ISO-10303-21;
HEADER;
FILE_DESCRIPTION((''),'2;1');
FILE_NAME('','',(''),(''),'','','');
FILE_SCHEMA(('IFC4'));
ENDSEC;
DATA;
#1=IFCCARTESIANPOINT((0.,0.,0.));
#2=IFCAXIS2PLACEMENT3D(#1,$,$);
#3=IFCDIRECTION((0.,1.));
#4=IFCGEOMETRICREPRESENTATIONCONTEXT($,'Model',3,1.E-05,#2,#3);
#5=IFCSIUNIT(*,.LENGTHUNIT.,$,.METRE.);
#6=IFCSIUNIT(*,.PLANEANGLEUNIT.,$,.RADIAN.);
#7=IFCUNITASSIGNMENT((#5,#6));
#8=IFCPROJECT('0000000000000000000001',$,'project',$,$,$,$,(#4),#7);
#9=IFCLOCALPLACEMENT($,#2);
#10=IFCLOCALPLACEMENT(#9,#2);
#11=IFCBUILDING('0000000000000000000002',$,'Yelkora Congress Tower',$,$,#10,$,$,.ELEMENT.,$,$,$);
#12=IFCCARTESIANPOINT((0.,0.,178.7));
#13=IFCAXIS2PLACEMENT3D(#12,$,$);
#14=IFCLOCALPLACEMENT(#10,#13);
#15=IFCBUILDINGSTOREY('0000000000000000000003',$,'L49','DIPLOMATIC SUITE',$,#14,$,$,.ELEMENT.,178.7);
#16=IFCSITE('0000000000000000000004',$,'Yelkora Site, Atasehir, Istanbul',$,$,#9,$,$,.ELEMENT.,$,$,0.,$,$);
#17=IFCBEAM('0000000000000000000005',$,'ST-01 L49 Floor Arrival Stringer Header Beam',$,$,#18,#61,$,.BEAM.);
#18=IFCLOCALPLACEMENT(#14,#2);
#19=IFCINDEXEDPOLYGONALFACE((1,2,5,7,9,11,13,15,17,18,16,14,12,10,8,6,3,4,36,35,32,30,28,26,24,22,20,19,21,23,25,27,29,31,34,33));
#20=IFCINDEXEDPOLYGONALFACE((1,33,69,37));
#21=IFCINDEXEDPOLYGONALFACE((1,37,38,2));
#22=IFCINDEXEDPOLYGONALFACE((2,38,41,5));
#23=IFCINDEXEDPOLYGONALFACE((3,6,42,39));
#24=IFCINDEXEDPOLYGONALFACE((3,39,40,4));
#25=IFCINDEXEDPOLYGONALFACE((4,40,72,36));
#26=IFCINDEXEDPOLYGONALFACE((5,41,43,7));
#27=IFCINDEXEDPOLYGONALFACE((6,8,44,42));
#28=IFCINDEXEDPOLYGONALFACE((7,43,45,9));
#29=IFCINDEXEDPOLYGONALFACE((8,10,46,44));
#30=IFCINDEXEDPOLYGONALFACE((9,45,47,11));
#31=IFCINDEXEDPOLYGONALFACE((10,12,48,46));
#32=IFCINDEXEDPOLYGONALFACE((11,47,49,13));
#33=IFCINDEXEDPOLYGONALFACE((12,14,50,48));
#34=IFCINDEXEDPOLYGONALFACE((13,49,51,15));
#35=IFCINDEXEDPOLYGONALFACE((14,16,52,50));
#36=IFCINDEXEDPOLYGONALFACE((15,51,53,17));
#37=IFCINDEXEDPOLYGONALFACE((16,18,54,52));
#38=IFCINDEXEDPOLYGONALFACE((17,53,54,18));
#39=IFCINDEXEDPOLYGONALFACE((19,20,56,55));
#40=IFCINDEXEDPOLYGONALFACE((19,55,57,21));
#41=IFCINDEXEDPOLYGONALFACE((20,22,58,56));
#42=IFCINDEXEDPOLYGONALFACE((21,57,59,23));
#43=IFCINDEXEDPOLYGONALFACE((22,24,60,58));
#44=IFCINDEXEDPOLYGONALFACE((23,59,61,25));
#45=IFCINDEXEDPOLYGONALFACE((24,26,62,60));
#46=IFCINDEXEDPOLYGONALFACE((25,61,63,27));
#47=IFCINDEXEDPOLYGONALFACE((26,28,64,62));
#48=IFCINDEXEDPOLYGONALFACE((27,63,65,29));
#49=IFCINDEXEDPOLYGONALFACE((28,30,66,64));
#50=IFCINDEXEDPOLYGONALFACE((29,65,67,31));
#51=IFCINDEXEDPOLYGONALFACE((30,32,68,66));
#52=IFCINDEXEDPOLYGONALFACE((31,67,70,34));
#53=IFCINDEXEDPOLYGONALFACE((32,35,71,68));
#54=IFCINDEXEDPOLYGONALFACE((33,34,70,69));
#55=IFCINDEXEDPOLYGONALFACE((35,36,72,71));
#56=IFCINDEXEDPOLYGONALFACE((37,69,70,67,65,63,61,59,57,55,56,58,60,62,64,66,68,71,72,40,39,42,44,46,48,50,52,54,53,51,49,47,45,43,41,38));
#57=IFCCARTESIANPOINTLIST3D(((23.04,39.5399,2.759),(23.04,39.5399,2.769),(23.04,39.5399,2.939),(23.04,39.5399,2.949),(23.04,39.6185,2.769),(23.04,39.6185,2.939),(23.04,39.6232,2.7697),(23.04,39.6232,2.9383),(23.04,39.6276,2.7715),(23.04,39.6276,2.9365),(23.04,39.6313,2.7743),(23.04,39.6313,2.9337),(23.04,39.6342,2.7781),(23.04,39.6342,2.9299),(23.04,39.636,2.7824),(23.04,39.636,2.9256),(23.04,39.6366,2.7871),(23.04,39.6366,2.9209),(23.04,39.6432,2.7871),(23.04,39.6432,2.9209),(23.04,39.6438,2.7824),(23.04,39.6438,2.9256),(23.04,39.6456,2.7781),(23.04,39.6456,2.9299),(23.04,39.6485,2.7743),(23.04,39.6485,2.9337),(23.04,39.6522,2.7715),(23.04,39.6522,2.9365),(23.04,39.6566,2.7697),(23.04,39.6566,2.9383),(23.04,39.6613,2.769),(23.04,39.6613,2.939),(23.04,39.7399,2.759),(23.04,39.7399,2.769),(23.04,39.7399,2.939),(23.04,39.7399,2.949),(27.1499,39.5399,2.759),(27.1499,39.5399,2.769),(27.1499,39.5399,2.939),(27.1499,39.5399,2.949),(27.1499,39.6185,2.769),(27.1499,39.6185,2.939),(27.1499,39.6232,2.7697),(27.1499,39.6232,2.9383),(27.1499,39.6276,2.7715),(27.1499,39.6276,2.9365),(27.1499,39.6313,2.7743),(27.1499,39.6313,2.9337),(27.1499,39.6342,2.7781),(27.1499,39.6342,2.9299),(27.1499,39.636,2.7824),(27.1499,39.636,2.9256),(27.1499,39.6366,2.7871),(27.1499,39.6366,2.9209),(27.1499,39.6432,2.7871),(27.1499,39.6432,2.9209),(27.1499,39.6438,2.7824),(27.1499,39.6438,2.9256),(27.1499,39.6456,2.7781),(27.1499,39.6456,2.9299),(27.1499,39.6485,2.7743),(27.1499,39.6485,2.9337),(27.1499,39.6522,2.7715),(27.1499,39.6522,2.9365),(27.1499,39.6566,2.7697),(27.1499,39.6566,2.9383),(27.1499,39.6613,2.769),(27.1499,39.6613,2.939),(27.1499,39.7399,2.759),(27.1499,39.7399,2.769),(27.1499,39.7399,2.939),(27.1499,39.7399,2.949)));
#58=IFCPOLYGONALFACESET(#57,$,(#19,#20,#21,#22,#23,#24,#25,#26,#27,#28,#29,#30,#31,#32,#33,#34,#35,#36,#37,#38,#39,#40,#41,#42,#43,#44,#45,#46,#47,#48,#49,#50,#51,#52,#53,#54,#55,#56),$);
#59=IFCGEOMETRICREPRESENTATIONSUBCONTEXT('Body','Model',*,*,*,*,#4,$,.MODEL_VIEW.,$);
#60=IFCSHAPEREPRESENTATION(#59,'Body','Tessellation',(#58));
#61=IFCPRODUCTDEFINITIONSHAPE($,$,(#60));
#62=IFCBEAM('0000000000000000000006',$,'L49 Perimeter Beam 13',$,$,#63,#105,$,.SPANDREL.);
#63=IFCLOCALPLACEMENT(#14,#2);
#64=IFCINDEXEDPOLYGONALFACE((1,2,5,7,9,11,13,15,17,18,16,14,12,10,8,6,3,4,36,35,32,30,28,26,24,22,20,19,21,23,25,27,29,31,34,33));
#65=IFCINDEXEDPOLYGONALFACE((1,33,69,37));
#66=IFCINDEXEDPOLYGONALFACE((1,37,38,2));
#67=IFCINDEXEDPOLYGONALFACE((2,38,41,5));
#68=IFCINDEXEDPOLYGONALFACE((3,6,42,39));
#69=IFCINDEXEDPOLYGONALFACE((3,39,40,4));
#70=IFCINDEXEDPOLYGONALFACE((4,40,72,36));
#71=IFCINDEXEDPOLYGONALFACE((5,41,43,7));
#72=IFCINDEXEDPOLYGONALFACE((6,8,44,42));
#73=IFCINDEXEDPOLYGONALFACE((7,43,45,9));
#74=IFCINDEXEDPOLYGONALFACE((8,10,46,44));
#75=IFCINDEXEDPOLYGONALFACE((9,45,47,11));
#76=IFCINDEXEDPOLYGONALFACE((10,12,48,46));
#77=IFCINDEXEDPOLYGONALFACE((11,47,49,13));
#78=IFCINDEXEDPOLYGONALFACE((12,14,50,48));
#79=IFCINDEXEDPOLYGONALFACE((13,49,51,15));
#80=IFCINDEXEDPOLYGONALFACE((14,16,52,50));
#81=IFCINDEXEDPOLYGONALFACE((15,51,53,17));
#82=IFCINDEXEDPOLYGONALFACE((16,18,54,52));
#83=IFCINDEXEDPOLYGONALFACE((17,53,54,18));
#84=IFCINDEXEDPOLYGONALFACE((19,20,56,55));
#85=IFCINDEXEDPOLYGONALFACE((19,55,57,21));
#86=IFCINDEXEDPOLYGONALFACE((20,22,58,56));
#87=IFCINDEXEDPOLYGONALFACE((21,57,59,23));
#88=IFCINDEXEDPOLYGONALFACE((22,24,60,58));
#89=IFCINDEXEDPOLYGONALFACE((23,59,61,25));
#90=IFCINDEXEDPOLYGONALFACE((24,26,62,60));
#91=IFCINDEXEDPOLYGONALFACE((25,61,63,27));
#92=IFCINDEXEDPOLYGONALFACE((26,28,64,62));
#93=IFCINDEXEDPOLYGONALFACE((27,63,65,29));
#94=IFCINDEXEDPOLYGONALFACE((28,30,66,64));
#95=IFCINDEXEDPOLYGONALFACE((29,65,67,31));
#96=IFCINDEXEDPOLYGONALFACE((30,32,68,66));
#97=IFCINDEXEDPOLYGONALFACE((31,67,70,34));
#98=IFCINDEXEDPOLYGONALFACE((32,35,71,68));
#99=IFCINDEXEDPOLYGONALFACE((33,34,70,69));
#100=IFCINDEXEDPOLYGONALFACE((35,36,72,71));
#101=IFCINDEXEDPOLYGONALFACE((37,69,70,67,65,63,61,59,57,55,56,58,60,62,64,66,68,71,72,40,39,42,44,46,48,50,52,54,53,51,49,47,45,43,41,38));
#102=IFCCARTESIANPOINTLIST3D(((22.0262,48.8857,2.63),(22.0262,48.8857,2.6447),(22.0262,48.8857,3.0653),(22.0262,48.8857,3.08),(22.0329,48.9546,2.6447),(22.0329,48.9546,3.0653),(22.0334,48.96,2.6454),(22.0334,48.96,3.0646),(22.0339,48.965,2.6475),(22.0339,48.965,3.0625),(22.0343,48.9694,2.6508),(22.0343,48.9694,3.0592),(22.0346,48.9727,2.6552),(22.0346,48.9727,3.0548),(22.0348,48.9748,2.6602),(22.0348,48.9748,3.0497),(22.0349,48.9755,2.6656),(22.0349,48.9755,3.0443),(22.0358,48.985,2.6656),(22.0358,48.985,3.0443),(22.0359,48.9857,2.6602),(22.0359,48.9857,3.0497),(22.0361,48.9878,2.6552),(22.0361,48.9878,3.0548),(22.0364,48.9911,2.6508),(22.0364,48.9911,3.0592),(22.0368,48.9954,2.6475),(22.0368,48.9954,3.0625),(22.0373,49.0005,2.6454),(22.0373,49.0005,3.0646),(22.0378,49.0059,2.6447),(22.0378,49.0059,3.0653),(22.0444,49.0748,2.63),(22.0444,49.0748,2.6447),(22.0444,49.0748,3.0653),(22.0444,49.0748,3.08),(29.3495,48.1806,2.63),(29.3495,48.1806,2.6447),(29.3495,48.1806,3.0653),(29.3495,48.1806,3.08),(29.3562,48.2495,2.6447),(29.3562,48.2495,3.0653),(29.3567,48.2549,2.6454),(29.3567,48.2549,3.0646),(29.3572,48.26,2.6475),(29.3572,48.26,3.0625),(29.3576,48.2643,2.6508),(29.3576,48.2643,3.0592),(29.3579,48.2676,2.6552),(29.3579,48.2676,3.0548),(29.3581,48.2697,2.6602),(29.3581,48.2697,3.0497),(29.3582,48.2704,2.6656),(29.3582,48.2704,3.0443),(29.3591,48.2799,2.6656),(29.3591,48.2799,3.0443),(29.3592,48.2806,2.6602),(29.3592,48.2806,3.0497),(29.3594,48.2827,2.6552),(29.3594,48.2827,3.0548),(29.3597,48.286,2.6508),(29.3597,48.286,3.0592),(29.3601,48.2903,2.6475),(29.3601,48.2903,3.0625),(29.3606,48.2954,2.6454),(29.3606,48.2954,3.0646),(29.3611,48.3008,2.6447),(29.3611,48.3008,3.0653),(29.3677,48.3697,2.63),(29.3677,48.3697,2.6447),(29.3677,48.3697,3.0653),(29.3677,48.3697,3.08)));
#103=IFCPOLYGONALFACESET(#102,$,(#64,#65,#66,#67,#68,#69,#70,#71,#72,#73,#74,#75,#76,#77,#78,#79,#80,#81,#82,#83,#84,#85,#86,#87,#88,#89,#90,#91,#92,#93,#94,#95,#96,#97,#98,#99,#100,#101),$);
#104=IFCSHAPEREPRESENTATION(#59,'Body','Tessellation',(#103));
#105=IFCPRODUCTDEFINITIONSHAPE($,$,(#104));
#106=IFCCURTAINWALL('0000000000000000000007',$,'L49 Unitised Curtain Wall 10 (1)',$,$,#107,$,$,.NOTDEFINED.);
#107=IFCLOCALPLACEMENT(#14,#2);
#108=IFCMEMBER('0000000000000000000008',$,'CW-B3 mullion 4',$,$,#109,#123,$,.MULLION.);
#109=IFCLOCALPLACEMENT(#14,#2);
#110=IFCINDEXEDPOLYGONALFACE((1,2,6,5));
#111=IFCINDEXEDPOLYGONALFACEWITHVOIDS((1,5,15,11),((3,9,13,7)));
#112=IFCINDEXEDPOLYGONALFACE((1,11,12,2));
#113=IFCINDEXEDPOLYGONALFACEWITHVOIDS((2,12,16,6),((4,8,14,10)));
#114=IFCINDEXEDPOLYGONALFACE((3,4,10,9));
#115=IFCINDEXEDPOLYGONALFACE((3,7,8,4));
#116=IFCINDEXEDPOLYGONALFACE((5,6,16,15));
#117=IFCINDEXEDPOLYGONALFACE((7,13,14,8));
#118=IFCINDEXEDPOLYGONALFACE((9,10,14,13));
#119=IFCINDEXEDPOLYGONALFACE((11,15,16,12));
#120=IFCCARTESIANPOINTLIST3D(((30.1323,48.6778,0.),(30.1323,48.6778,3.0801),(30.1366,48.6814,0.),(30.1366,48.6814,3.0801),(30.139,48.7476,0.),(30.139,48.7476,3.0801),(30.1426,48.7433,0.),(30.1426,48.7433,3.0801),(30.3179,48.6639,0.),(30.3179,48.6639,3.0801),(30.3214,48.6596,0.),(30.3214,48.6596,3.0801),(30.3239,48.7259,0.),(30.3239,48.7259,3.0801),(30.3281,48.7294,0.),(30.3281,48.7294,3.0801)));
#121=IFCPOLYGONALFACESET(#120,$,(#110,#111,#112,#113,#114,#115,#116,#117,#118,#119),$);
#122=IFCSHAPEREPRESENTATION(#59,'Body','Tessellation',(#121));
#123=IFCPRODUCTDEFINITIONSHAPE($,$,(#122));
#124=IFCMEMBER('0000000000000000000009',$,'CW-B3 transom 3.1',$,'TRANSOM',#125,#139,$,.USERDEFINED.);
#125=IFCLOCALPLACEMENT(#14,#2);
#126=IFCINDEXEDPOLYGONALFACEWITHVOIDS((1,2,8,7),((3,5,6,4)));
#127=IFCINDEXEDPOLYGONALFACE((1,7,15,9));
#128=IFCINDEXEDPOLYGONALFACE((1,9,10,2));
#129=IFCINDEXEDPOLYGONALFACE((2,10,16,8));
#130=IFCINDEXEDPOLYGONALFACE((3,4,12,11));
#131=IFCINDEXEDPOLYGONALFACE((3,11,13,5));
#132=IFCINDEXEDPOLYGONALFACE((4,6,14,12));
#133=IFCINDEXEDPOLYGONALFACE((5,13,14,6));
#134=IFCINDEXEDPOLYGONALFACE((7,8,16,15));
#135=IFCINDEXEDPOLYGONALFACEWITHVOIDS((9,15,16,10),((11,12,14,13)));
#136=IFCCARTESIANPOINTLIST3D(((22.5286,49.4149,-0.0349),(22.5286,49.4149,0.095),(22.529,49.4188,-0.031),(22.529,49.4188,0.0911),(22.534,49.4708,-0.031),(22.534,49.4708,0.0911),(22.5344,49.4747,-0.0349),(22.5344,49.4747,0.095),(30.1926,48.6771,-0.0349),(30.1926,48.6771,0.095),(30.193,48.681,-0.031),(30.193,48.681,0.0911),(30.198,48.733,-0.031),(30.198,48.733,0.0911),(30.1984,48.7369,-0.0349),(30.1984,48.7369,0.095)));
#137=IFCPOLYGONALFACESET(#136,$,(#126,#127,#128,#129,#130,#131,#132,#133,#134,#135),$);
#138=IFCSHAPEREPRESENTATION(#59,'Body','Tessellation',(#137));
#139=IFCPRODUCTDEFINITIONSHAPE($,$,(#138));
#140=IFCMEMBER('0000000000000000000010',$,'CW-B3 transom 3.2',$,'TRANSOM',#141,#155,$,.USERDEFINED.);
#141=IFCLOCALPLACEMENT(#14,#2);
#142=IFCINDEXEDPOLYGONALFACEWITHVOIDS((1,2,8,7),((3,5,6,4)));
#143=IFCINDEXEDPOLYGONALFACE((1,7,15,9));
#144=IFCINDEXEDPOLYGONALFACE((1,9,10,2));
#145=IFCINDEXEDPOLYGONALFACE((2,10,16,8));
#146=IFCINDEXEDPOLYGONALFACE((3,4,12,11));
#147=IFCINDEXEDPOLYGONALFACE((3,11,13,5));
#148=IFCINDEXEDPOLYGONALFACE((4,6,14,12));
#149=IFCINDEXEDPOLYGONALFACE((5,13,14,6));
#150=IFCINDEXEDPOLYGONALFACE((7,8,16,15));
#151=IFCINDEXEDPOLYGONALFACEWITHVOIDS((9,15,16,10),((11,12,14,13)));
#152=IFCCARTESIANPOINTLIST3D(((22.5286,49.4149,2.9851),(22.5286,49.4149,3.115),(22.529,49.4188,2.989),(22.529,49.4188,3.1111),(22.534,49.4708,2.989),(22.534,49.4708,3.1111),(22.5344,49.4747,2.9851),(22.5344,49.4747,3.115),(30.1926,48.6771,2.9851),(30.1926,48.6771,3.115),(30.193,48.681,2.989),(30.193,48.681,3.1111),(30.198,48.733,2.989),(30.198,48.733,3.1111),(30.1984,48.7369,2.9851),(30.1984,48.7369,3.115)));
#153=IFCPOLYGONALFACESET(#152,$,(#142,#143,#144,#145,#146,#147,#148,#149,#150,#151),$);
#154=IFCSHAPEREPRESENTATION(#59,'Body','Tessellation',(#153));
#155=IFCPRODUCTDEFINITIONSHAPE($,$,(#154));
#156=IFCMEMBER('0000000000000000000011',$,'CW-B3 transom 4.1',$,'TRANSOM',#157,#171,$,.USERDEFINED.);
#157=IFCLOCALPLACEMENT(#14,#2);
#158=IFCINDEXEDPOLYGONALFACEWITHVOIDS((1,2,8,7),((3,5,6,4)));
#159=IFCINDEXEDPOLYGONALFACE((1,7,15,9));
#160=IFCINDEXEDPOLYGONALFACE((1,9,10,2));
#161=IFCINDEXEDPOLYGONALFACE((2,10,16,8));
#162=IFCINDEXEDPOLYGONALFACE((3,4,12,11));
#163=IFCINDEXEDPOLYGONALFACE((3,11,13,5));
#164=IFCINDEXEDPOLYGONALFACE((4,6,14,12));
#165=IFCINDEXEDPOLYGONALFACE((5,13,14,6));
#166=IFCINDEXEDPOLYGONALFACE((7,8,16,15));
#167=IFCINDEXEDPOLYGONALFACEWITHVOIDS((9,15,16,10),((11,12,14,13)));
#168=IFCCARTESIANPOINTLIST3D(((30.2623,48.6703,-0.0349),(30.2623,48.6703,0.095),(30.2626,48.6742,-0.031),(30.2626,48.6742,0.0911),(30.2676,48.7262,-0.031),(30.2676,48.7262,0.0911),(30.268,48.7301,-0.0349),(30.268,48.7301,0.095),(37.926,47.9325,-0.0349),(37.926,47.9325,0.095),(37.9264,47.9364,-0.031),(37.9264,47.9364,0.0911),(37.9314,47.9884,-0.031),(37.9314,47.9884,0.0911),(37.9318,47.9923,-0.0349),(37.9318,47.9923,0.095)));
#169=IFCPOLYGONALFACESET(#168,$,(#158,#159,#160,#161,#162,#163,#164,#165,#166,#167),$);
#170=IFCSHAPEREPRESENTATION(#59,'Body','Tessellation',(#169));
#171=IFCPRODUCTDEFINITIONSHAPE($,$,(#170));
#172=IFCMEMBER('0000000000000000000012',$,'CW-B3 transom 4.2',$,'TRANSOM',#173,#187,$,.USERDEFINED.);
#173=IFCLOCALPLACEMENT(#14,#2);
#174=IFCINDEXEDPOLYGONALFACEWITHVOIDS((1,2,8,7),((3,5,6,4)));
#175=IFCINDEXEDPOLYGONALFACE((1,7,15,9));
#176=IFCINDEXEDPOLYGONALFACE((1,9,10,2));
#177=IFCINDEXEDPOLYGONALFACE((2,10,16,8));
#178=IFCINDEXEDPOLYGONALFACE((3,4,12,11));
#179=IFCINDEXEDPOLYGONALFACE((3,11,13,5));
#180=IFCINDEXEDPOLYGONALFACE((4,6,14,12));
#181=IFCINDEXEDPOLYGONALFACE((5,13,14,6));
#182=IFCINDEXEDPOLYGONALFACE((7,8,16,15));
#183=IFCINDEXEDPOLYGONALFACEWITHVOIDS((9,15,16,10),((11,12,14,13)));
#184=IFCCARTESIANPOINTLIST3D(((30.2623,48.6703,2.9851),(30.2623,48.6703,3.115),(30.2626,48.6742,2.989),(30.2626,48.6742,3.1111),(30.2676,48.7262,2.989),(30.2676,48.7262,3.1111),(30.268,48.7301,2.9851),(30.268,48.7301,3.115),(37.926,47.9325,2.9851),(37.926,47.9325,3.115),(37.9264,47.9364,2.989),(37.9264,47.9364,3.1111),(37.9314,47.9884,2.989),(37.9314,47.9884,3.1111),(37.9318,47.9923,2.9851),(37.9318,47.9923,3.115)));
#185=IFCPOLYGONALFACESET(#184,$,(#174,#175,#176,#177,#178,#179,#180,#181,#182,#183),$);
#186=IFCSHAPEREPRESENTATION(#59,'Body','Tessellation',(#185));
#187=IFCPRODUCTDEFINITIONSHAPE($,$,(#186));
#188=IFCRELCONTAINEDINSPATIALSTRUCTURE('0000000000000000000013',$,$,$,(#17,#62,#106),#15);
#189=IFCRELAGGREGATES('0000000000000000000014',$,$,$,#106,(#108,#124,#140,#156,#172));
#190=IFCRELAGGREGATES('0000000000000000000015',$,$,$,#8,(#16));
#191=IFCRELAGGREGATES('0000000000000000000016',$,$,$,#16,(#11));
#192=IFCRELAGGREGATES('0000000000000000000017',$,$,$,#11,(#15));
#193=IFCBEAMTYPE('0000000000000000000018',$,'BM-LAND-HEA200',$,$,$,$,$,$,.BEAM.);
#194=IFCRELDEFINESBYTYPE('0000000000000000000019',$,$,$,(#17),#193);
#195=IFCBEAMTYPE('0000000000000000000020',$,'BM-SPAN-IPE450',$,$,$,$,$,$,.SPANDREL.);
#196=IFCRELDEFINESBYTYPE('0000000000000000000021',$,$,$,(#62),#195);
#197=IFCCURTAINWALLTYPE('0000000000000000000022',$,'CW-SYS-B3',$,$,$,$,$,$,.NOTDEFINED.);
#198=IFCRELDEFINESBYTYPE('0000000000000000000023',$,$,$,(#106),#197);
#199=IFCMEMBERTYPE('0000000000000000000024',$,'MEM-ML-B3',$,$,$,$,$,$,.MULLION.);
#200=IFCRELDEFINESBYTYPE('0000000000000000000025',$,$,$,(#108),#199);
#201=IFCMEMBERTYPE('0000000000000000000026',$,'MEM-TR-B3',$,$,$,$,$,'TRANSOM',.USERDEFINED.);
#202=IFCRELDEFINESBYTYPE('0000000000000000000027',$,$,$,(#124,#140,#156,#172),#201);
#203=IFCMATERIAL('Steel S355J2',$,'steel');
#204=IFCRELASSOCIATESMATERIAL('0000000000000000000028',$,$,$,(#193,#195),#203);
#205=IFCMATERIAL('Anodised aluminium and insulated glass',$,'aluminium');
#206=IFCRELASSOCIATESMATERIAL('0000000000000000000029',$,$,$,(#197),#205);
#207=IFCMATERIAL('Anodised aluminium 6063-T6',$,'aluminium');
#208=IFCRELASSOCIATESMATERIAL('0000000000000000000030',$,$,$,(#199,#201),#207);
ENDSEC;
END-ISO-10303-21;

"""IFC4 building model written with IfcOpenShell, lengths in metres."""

from ifc_helpers import new_model, si_unit, direction, frame, origin, origin_2d, place, context, subcontext, project, spatial, hollow_rectangle, i_section, extrude, material, material_profile, profile_set, type_object, element, aggregate, save


model = new_model("IFC4")

# Units and contexts
model_context = context("Model", 3, precision=1e-05, world=origin(), true_north=direction((0.0, 1.0)))
body_context = subcontext(model_context, "Body", "Model", "MODEL_VIEW")
ifc_project = project(units=[si_unit("LENGTHUNIT", "METRE"), si_unit("PLANEANGLEUNIT", "RADIAN")], contexts=[model_context])

# Site, building, storey
site_placement = place(None, origin())
site = spatial("IfcSite", under=ifc_project, at=site_placement, Name="Yelkora Site, Atasehir, Istanbul", CompositionType="ELEMENT", RefElevation=0.0)
building_placement = place(site_placement, origin())
building = spatial("IfcBuilding", under=site, at=building_placement, Name="Yelkora Congress Tower", CompositionType="ELEMENT")
storey_placement = place(building_placement, frame((0.0, 0.0, 178.7)))
storey = spatial("IfcBuildingStorey", under=building, at=storey_placement, Name="L49", Description="DIPLOMATIC SUITE", CompositionType="ELEMENT", Elevation=178.7)

# Beams
ifc_material_1 = material(Name="Steel S355J2", Category="steel")
ifc_material_profile_1 = material_profile(ifc_material_1, i_section(OverallWidth=0.2, OverallDepth=0.1899, WebThickness=0.0066, FlangeThickness=0.01, FilletRadius=0.0181, at=origin_2d()), Name="HEA 200")
ifc_profile_set_1 = profile_set([ifc_material_profile_1], Name="Steel S355J2")
beam_type_1 = type_object("IfcBeamType", Name="BM-LAND-HEA200", PredefinedType="BEAM", material=ifc_profile_set_1)
beam_1_placement = place(storey_placement, frame((23.04, 39.6399, 2.854), z_axis=(1.0, 0.0, 0.0), x_axis=(0.0, 1.0, 0.0)))
element("IfcBeam", 1, at=beam_1_placement, inside=storey, type_object=beam_type_1, Name="ST-01 L49 Floor Arrival Stringer Header Beam", PredefinedType="BEAM", context=body_context, shape_type="SweptSolid", body=[
    extrude(i_section(OverallWidth=0.2, OverallDepth=0.1899, WebThickness=0.0066, FlangeThickness=0.01, FilletRadius=0.0181, at=origin_2d()), origin(), (0.0, 0.0, 1.0), 4.1099),
])
ifc_material_profile_2 = material_profile(ifc_material_1, i_section(OverallWidth=0.1899, OverallDepth=0.45, WebThickness=0.0095, FlangeThickness=0.0146, FilletRadius=0.021, at=origin_2d()), Name="IPE 450")
ifc_profile_set_2 = profile_set([ifc_material_profile_2], Name="Steel S355J2")
beam_type_2 = type_object("IfcBeamType", Name="BM-SPAN-IPE450", PredefinedType="SPANDREL", material=ifc_profile_set_2)
beam_2_placement = place(storey_placement, frame((29.3586, 48.2751, 2.855), z_axis=(-0.995397, 0.095836, 0.0), x_axis=(-0.095836, -0.995397, 0.0)))
element("IfcBeam", 2, at=beam_2_placement, inside=storey, type_object=beam_type_2, Name="L49 Perimeter Beam 13", PredefinedType="SPANDREL", context=body_context, shape_type="SweptSolid", body=[
    extrude(i_section(OverallWidth=0.1899, OverallDepth=0.45, WebThickness=0.0095, FlangeThickness=0.0146, FilletRadius=0.021, at=origin_2d()), origin(), (0.0, 0.0, 1.0), 7.3572),
])

# Curtain wall, members
ifc_material_2 = material(Name="Anodised aluminium and insulated glass", Category="aluminium")
curtain_wall_type = type_object("IfcCurtainWallType", Name="CW-SYS-B3", PredefinedType="NOTDEFINED", material=ifc_material_2)
curtain_wall_placement = place(storey_placement, origin())
curtain_wall = element("IfcCurtainWall", 3, at=curtain_wall_placement, inside=storey, type_object=curtain_wall_type, Name="L49 Unitised Curtain Wall 10 (1)", PredefinedType="NOTDEFINED")
ifc_material_3 = material(Name="Anodised aluminium 6063-T6", Category="aluminium")
ifc_material_profile_3 = material_profile(ifc_material_3, hollow_rectangle(XDim=0.0701, YDim=0.1899, WallThickness=0.0039, at=origin_2d()), Name="ALU 70x190x4")
ifc_profile_set_3 = profile_set([ifc_material_profile_3], Name="Anodised aluminium 6063-T6")
member_type_1 = type_object("IfcMemberType", Name="MEM-ML-B3", PredefinedType="MULLION", material=ifc_profile_set_3)
member_1_placement = place(storey_placement, frame((30.2302, 48.7036, 0.0), z_axis=(0.0, 0.0, 1.0), x_axis=(0.095845, 0.995396, 0.0)))
member_1 = element("IfcMember", 4, at=member_1_placement, type_object=member_type_1, Name="CW-B3 mullion 4", PredefinedType="MULLION", context=body_context, shape_type="SweptSolid", body=[
    extrude(hollow_rectangle(XDim=0.0701, YDim=0.1899, WallThickness=0.0039, at=origin_2d()), origin(), (0.0, 0.0, 1.0), 3.0801),
])
ifc_material_profile_4 = material_profile(ifc_material_3, hollow_rectangle(XDim=0.0601, YDim=0.1299, WallThickness=0.0039, at=origin_2d()), Name="ALU 60x130x4")
ifc_profile_set_4 = profile_set([ifc_material_profile_4], Name="Anodised aluminium 6063-T6")
member_type_2 = type_object("IfcMemberType", Name="MEM-TR-B3", ElementType="TRANSOM", PredefinedType="USERDEFINED", material=ifc_profile_set_4)
member_2_placement = place(storey_placement, frame((22.5315, 49.4448, 0.03), z_axis=(0.995398, -0.095824, 0.0), x_axis=(0.095824, 0.995398, 0.0)))
member_2 = element("IfcMember", 5, at=member_2_placement, type_object=member_type_2, Name="CW-B3 transom 3.1", ObjectType="TRANSOM", PredefinedType="USERDEFINED", context=body_context, shape_type="SweptSolid", body=[
    extrude(hollow_rectangle(XDim=0.0601, YDim=0.1299, WallThickness=0.0039, at=origin_2d()), origin(), (0.0, 0.0, 1.0), 7.6995),
])
member_3_placement = place(storey_placement, frame((22.5315, 49.4448, 3.05), z_axis=(0.995398, -0.095824, 0.0), x_axis=(0.095824, 0.995398, 0.0)))
member_3 = element("IfcMember", 6, at=member_3_placement, type_object=member_type_2, Name="CW-B3 transom 3.2", ObjectType="TRANSOM", PredefinedType="USERDEFINED", context=body_context, shape_type="SweptSolid", body=[
    extrude(hollow_rectangle(XDim=0.0601, YDim=0.1299, WallThickness=0.0039, at=origin_2d()), origin(), (0.0, 0.0, 1.0), 7.6995),
])
member_4_placement = place(storey_placement, frame((30.2651, 48.7002, 0.03), z_axis=(0.995398, -0.095827, 0.0), x_axis=(0.095827, 0.995398, 0.0)))
member_4 = element("IfcMember", 7, at=member_4_placement, type_object=member_type_2, Name="CW-B3 transom 4.1", ObjectType="TRANSOM", PredefinedType="USERDEFINED", context=body_context, shape_type="SweptSolid", body=[
    extrude(hollow_rectangle(XDim=0.0601, YDim=0.1299, WallThickness=0.0039, at=origin_2d()), origin(), (0.0, 0.0, 1.0), 7.6992),
])
member_5_placement = place(storey_placement, frame((30.2651, 48.7002, 3.05), z_axis=(0.995398, -0.095827, 0.0), x_axis=(0.095827, 0.995398, 0.0)))
member_5 = element("IfcMember", 8, at=member_5_placement, type_object=member_type_2, Name="CW-B3 transom 4.2", ObjectType="TRANSOM", PredefinedType="USERDEFINED", context=body_context, shape_type="SweptSolid", body=[
    extrude(hollow_rectangle(XDim=0.0601, YDim=0.1299, WallThickness=0.0039, at=origin_2d()), origin(), (0.0, 0.0, 1.0), 7.6992),
])
aggregate(curtain_wall, [member_1, member_2, member_3, member_4, member_5])

save(model, "model.ifc")
